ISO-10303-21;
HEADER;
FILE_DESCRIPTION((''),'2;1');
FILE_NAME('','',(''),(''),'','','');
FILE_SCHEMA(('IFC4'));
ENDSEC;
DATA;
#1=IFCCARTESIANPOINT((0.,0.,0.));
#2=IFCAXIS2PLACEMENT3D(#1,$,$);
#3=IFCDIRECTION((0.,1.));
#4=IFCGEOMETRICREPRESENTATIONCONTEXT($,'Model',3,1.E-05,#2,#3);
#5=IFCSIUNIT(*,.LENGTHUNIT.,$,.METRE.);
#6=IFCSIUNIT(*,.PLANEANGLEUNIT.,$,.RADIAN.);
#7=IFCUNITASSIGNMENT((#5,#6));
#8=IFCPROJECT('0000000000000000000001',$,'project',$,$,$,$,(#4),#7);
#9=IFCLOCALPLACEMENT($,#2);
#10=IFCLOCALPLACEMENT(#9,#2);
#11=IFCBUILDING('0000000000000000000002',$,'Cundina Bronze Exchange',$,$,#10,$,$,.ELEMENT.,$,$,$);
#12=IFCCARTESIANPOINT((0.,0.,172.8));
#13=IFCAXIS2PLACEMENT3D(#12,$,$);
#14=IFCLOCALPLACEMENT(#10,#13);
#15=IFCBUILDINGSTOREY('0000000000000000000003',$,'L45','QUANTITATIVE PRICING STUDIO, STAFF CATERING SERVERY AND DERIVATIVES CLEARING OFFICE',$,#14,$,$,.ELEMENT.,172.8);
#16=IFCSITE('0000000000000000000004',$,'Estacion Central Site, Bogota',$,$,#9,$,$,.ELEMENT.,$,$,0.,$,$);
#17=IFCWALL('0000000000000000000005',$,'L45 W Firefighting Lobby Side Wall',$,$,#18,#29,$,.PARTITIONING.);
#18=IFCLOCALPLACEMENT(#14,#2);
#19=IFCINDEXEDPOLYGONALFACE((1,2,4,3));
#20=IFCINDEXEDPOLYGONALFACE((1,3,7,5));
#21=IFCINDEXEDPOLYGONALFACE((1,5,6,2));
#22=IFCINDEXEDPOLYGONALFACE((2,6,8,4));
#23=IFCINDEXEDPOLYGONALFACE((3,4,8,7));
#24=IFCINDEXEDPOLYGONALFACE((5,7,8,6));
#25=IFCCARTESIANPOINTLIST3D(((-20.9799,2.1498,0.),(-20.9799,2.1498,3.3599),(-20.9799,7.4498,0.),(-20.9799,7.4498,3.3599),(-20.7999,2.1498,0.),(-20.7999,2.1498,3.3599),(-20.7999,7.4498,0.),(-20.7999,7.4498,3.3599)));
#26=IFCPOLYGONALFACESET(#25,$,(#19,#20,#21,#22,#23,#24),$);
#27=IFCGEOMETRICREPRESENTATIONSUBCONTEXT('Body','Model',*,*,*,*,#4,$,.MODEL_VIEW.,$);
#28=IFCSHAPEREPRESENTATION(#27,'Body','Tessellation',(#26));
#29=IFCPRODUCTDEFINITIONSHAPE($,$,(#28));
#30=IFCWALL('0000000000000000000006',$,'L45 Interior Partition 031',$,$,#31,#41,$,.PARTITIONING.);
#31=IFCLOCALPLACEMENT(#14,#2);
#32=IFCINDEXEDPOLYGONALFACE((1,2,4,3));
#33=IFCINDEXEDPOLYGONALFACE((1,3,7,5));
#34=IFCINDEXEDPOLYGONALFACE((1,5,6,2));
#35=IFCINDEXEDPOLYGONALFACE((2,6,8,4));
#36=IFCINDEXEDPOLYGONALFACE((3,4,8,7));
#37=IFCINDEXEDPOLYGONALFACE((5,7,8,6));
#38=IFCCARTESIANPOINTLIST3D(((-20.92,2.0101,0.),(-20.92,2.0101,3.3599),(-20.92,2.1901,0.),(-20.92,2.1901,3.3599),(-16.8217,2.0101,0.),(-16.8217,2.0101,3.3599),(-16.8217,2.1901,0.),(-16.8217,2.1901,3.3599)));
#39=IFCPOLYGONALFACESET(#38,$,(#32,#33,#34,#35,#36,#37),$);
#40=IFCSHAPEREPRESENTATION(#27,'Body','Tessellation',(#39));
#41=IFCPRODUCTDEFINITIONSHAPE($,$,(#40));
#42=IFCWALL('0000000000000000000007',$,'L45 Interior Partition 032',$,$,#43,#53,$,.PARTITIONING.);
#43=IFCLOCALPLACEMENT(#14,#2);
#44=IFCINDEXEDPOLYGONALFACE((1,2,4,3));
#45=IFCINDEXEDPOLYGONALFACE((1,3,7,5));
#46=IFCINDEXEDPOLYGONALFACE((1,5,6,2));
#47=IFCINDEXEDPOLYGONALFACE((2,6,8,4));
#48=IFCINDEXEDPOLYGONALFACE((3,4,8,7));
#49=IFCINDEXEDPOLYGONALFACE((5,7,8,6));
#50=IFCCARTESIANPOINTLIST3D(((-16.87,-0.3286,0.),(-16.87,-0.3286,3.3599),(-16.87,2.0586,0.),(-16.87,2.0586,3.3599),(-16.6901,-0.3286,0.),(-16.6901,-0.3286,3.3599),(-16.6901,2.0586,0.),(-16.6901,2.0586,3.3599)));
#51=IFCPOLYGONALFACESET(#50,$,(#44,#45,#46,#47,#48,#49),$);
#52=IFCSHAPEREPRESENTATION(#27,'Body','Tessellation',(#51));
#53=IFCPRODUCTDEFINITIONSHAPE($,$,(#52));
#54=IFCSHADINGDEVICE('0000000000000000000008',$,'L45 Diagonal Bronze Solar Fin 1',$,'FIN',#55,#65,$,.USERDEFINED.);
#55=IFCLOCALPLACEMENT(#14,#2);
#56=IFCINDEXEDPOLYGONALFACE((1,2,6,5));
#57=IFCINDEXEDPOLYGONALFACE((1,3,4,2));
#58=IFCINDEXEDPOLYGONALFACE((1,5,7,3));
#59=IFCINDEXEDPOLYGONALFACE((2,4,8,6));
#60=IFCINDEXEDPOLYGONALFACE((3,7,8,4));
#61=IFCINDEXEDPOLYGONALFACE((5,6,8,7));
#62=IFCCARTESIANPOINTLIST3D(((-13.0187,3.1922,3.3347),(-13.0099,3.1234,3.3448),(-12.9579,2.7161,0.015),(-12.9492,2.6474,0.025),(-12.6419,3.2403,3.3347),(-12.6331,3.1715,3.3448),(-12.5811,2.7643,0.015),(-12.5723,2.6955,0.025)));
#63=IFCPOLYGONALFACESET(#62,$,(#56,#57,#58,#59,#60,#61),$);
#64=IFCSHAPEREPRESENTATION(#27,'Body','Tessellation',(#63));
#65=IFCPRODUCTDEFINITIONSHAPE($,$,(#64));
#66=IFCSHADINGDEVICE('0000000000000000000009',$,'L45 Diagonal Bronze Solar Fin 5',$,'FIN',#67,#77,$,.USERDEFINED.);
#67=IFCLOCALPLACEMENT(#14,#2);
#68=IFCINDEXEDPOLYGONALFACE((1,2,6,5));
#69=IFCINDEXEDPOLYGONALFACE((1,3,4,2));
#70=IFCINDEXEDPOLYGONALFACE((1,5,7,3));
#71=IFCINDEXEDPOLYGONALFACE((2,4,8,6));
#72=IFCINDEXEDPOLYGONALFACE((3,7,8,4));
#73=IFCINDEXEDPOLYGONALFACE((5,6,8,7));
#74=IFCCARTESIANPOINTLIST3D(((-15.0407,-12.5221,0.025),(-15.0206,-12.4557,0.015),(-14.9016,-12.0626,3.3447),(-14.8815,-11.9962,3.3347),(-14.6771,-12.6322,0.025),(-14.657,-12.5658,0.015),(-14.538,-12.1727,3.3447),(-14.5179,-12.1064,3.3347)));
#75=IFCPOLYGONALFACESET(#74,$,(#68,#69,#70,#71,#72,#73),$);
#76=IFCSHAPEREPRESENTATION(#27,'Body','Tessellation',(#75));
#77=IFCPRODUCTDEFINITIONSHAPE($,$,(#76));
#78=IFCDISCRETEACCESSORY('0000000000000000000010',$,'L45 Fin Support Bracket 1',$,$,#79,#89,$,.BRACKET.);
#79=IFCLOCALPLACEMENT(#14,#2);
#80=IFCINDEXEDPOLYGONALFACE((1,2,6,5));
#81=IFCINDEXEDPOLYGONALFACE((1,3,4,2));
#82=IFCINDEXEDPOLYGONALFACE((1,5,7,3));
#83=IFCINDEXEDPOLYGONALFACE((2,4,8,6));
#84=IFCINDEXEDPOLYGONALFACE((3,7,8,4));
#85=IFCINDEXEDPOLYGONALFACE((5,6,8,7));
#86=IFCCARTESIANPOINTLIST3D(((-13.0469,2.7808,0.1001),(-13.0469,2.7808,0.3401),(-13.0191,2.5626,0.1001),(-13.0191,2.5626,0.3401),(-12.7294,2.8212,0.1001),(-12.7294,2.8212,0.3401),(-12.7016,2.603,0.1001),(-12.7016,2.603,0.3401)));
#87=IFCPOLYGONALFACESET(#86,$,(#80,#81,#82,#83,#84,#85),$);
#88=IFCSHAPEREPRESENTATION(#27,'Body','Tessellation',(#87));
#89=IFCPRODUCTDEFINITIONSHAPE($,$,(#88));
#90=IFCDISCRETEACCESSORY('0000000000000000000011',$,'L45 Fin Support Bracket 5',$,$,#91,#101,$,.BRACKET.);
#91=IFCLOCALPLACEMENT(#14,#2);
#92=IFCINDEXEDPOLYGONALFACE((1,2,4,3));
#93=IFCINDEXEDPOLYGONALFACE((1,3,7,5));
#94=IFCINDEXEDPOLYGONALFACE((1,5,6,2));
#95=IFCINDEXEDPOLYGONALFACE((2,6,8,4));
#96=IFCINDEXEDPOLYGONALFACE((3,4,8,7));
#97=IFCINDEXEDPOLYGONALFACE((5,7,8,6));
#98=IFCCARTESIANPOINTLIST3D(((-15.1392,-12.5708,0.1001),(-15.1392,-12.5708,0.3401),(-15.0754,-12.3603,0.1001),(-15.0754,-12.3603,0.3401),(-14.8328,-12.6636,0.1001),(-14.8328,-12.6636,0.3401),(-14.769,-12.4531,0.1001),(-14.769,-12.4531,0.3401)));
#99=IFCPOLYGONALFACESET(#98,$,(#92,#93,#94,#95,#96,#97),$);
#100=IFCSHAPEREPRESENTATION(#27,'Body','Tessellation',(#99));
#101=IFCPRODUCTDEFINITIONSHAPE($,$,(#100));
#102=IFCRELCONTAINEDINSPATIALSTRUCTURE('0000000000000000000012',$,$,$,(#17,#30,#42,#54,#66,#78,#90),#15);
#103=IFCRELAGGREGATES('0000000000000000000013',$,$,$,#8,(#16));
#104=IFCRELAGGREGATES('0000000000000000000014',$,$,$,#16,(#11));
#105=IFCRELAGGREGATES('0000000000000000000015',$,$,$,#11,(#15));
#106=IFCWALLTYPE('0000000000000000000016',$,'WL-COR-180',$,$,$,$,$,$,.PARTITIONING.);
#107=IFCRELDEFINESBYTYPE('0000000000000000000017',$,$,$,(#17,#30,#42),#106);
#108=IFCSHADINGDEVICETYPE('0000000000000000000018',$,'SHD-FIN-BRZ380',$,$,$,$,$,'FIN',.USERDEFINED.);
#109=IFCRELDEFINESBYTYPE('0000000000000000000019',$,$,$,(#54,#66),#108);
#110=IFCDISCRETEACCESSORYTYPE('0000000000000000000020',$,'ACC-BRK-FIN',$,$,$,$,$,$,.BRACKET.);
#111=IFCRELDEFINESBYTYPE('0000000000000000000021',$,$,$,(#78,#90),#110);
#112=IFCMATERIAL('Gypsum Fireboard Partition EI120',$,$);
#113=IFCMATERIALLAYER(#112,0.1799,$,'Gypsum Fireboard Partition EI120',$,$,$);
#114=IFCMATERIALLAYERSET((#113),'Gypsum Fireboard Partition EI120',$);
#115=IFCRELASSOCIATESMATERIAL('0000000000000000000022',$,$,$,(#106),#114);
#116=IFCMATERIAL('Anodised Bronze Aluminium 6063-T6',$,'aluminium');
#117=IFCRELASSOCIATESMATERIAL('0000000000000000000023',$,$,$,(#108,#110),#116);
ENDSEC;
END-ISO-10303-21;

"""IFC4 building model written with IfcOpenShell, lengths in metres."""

from ifc_helpers import new_model, si_unit, direction, frame, frame_2d, origin, origin_2d, place, context, subcontext, project, spatial, rectangle, extrude, material, layer, layer_set, material_profile, profile_set, type_object, element, save


model = new_model("IFC4")

# Units and contexts
model_context = context("Model", 3, precision=1e-05, world=origin(), true_north=direction((0.0, 1.0)))
body_context = subcontext(model_context, "Body", "Model", "MODEL_VIEW")
ifc_project = project(units=[si_unit("LENGTHUNIT", "METRE"), si_unit("PLANEANGLEUNIT", "RADIAN")], contexts=[model_context])

# Site, building, storey
site_placement = place(None, origin())
site = spatial("IfcSite", under=ifc_project, at=site_placement, Name="Estacion Central Site, Bogota", CompositionType="ELEMENT", RefElevation=0.0)
building_placement = place(site_placement, origin())
building = spatial("IfcBuilding", under=site, at=building_placement, Name="Cundina Bronze Exchange", CompositionType="ELEMENT")
storey_placement = place(building_placement, frame((0.0, 0.0, 172.8)))
storey = spatial("IfcBuildingStorey", under=building, at=storey_placement, Name="L45", Description="QUANTITATIVE PRICING STUDIO, STAFF CATERING SERVERY AND DERIVATIVES CLEARING OFFICE", CompositionType="ELEMENT", Elevation=172.8)

# Shared definitions
ifc_material_1 = material(Name="Anodised Bronze Aluminium 6063-T6", Category="aluminium")

# Walls
ifc_material_2 = material(Name="Gypsum Fireboard Partition EI120")
ifc_layer_1 = layer(ifc_material_2, 0.1799, Name="Gypsum Fireboard Partition EI120")
ifc_layer_set_1 = layer_set([ifc_layer_1], Name="Gypsum Fireboard Partition EI120")
wall_type = type_object("IfcWallType", Name="WL-COR-180", PredefinedType="PARTITIONING", material=ifc_layer_set_1)
wall_1_placement = place(storey_placement, frame((-20.8899, 2.1499, 0.0), z_axis=(0.0, 0.0, 1.0), x_axis=(0.0, 1.0, 0.0)))
element("IfcWall", 1, at=wall_1_placement, inside=storey, type_object=wall_type, Name="L45 W Firefighting Lobby Side Wall", PredefinedType="PARTITIONING", context=body_context, shape_type="SweptSolid", body=[
    extrude(rectangle(XDim=5.3, YDim=0.1799, at=frame_2d((2.6499, 0.0))), origin(), (0.0, 0.0, 1.0), 3.3599),
])
wall_2_placement = place(storey_placement, frame((-16.8215, 2.1001, 0.0), z_axis=(0.0, 0.0, 1.0), x_axis=(-1.0, 0.0, 0.0)))
element("IfcWall", 2, at=wall_2_placement, inside=storey, type_object=wall_type, Name="L45 Interior Partition 031", PredefinedType="PARTITIONING", context=body_context, shape_type="SweptSolid", body=[
    extrude(rectangle(XDim=4.0984, YDim=0.1799, at=frame_2d((2.0493, 0.0))), origin(), (0.0, 0.0, 1.0), 3.3599),
])
wall_3_placement = place(storey_placement, frame((-16.78, -0.3286, 0.0), z_axis=(0.0, 0.0, 1.0), x_axis=(0.0, 1.0, 0.0)))
element("IfcWall", 3, at=wall_3_placement, inside=storey, type_object=wall_type, Name="L45 Interior Partition 032", PredefinedType="PARTITIONING", context=body_context, shape_type="SweptSolid", body=[
    extrude(rectangle(XDim=2.3872, YDim=0.1799, at=frame_2d((1.1936, 0.0))), origin(), (0.0, 0.0, 1.0), 3.3599),
])

# Shading devices
ifc_material_profile_1 = material_profile(ifc_material_1, rectangle(XDim=0.0701, YDim=0.3799, at=origin_2d()), Name="FIN70X380", Category="aluminium")
ifc_profile_set_1 = profile_set([ifc_material_profile_1], Name="Anodised Bronze Aluminium 6063-T6")
shading_device_type = type_object("IfcShadingDeviceType", Name="SHD-FIN-BRZ380", ElementType="FIN", PredefinedType="USERDEFINED", material=ifc_profile_set_1)
for number, where, z_axis, x_axis, name in (
    (4, (-12.7651, 2.7058, 0.02), (-0.018123, 0.141928, 0.989711), (0.125361, -0.98174, 0.14308), "L45 Diagonal Bronze Solar Fin 1"),
    (5, (-14.8489, -12.5439, 0.02), (0.041486, 0.136978, 0.989705), (-0.286882, -0.947214, 0.143123), "L45 Diagonal Bronze Solar Fin 5"),
):
    element("IfcShadingDevice", number, at=place(storey_placement, frame(where, z_axis=z_axis, x_axis=x_axis)), inside=storey, type_object=shading_device_type, Name=name, ObjectType="FIN", PredefinedType="USERDEFINED", context=body_context, shape_type="SweptSolid", body=[
        extrude(rectangle(XDim=0.0701, YDim=0.3799, at=origin_2d()), origin(), (0.0, 0.0, 1.0), 3.3542),
    ])

# Discrete accessories
discrete_accessory_type = type_object("IfcDiscreteAccessoryType", Name="ACC-BRK-FIN", PredefinedType="BRACKET", material=ifc_material_1)
for number, where, z_axis, x_axis, name in (
    (6, (-12.8743, 2.6919, 0.1001), (0.0, 0.0, 1.0), (-0.126476, 0.99197, 0.0), "L45 Fin Support Bracket 1"),
    (7, (-14.9541, -12.512, 0.1001), (0.0, 0.0, 1.0), (0.290051, 0.957011, 0.0), "L45 Fin Support Bracket 5"),
):
    element("IfcDiscreteAccessory", number, at=place(storey_placement, frame(where, z_axis=z_axis, x_axis=x_axis)), inside=storey, type_object=discrete_accessory_type, Name=name, PredefinedType="BRACKET", context=body_context, shape_type="SweptSolid", body=[
        extrude(rectangle(XDim=0.22, YDim=0.3201, at=origin_2d()), origin(), (0.0, 0.0, 1.0), 0.24),
    ])

save(model, "model.ifc")
